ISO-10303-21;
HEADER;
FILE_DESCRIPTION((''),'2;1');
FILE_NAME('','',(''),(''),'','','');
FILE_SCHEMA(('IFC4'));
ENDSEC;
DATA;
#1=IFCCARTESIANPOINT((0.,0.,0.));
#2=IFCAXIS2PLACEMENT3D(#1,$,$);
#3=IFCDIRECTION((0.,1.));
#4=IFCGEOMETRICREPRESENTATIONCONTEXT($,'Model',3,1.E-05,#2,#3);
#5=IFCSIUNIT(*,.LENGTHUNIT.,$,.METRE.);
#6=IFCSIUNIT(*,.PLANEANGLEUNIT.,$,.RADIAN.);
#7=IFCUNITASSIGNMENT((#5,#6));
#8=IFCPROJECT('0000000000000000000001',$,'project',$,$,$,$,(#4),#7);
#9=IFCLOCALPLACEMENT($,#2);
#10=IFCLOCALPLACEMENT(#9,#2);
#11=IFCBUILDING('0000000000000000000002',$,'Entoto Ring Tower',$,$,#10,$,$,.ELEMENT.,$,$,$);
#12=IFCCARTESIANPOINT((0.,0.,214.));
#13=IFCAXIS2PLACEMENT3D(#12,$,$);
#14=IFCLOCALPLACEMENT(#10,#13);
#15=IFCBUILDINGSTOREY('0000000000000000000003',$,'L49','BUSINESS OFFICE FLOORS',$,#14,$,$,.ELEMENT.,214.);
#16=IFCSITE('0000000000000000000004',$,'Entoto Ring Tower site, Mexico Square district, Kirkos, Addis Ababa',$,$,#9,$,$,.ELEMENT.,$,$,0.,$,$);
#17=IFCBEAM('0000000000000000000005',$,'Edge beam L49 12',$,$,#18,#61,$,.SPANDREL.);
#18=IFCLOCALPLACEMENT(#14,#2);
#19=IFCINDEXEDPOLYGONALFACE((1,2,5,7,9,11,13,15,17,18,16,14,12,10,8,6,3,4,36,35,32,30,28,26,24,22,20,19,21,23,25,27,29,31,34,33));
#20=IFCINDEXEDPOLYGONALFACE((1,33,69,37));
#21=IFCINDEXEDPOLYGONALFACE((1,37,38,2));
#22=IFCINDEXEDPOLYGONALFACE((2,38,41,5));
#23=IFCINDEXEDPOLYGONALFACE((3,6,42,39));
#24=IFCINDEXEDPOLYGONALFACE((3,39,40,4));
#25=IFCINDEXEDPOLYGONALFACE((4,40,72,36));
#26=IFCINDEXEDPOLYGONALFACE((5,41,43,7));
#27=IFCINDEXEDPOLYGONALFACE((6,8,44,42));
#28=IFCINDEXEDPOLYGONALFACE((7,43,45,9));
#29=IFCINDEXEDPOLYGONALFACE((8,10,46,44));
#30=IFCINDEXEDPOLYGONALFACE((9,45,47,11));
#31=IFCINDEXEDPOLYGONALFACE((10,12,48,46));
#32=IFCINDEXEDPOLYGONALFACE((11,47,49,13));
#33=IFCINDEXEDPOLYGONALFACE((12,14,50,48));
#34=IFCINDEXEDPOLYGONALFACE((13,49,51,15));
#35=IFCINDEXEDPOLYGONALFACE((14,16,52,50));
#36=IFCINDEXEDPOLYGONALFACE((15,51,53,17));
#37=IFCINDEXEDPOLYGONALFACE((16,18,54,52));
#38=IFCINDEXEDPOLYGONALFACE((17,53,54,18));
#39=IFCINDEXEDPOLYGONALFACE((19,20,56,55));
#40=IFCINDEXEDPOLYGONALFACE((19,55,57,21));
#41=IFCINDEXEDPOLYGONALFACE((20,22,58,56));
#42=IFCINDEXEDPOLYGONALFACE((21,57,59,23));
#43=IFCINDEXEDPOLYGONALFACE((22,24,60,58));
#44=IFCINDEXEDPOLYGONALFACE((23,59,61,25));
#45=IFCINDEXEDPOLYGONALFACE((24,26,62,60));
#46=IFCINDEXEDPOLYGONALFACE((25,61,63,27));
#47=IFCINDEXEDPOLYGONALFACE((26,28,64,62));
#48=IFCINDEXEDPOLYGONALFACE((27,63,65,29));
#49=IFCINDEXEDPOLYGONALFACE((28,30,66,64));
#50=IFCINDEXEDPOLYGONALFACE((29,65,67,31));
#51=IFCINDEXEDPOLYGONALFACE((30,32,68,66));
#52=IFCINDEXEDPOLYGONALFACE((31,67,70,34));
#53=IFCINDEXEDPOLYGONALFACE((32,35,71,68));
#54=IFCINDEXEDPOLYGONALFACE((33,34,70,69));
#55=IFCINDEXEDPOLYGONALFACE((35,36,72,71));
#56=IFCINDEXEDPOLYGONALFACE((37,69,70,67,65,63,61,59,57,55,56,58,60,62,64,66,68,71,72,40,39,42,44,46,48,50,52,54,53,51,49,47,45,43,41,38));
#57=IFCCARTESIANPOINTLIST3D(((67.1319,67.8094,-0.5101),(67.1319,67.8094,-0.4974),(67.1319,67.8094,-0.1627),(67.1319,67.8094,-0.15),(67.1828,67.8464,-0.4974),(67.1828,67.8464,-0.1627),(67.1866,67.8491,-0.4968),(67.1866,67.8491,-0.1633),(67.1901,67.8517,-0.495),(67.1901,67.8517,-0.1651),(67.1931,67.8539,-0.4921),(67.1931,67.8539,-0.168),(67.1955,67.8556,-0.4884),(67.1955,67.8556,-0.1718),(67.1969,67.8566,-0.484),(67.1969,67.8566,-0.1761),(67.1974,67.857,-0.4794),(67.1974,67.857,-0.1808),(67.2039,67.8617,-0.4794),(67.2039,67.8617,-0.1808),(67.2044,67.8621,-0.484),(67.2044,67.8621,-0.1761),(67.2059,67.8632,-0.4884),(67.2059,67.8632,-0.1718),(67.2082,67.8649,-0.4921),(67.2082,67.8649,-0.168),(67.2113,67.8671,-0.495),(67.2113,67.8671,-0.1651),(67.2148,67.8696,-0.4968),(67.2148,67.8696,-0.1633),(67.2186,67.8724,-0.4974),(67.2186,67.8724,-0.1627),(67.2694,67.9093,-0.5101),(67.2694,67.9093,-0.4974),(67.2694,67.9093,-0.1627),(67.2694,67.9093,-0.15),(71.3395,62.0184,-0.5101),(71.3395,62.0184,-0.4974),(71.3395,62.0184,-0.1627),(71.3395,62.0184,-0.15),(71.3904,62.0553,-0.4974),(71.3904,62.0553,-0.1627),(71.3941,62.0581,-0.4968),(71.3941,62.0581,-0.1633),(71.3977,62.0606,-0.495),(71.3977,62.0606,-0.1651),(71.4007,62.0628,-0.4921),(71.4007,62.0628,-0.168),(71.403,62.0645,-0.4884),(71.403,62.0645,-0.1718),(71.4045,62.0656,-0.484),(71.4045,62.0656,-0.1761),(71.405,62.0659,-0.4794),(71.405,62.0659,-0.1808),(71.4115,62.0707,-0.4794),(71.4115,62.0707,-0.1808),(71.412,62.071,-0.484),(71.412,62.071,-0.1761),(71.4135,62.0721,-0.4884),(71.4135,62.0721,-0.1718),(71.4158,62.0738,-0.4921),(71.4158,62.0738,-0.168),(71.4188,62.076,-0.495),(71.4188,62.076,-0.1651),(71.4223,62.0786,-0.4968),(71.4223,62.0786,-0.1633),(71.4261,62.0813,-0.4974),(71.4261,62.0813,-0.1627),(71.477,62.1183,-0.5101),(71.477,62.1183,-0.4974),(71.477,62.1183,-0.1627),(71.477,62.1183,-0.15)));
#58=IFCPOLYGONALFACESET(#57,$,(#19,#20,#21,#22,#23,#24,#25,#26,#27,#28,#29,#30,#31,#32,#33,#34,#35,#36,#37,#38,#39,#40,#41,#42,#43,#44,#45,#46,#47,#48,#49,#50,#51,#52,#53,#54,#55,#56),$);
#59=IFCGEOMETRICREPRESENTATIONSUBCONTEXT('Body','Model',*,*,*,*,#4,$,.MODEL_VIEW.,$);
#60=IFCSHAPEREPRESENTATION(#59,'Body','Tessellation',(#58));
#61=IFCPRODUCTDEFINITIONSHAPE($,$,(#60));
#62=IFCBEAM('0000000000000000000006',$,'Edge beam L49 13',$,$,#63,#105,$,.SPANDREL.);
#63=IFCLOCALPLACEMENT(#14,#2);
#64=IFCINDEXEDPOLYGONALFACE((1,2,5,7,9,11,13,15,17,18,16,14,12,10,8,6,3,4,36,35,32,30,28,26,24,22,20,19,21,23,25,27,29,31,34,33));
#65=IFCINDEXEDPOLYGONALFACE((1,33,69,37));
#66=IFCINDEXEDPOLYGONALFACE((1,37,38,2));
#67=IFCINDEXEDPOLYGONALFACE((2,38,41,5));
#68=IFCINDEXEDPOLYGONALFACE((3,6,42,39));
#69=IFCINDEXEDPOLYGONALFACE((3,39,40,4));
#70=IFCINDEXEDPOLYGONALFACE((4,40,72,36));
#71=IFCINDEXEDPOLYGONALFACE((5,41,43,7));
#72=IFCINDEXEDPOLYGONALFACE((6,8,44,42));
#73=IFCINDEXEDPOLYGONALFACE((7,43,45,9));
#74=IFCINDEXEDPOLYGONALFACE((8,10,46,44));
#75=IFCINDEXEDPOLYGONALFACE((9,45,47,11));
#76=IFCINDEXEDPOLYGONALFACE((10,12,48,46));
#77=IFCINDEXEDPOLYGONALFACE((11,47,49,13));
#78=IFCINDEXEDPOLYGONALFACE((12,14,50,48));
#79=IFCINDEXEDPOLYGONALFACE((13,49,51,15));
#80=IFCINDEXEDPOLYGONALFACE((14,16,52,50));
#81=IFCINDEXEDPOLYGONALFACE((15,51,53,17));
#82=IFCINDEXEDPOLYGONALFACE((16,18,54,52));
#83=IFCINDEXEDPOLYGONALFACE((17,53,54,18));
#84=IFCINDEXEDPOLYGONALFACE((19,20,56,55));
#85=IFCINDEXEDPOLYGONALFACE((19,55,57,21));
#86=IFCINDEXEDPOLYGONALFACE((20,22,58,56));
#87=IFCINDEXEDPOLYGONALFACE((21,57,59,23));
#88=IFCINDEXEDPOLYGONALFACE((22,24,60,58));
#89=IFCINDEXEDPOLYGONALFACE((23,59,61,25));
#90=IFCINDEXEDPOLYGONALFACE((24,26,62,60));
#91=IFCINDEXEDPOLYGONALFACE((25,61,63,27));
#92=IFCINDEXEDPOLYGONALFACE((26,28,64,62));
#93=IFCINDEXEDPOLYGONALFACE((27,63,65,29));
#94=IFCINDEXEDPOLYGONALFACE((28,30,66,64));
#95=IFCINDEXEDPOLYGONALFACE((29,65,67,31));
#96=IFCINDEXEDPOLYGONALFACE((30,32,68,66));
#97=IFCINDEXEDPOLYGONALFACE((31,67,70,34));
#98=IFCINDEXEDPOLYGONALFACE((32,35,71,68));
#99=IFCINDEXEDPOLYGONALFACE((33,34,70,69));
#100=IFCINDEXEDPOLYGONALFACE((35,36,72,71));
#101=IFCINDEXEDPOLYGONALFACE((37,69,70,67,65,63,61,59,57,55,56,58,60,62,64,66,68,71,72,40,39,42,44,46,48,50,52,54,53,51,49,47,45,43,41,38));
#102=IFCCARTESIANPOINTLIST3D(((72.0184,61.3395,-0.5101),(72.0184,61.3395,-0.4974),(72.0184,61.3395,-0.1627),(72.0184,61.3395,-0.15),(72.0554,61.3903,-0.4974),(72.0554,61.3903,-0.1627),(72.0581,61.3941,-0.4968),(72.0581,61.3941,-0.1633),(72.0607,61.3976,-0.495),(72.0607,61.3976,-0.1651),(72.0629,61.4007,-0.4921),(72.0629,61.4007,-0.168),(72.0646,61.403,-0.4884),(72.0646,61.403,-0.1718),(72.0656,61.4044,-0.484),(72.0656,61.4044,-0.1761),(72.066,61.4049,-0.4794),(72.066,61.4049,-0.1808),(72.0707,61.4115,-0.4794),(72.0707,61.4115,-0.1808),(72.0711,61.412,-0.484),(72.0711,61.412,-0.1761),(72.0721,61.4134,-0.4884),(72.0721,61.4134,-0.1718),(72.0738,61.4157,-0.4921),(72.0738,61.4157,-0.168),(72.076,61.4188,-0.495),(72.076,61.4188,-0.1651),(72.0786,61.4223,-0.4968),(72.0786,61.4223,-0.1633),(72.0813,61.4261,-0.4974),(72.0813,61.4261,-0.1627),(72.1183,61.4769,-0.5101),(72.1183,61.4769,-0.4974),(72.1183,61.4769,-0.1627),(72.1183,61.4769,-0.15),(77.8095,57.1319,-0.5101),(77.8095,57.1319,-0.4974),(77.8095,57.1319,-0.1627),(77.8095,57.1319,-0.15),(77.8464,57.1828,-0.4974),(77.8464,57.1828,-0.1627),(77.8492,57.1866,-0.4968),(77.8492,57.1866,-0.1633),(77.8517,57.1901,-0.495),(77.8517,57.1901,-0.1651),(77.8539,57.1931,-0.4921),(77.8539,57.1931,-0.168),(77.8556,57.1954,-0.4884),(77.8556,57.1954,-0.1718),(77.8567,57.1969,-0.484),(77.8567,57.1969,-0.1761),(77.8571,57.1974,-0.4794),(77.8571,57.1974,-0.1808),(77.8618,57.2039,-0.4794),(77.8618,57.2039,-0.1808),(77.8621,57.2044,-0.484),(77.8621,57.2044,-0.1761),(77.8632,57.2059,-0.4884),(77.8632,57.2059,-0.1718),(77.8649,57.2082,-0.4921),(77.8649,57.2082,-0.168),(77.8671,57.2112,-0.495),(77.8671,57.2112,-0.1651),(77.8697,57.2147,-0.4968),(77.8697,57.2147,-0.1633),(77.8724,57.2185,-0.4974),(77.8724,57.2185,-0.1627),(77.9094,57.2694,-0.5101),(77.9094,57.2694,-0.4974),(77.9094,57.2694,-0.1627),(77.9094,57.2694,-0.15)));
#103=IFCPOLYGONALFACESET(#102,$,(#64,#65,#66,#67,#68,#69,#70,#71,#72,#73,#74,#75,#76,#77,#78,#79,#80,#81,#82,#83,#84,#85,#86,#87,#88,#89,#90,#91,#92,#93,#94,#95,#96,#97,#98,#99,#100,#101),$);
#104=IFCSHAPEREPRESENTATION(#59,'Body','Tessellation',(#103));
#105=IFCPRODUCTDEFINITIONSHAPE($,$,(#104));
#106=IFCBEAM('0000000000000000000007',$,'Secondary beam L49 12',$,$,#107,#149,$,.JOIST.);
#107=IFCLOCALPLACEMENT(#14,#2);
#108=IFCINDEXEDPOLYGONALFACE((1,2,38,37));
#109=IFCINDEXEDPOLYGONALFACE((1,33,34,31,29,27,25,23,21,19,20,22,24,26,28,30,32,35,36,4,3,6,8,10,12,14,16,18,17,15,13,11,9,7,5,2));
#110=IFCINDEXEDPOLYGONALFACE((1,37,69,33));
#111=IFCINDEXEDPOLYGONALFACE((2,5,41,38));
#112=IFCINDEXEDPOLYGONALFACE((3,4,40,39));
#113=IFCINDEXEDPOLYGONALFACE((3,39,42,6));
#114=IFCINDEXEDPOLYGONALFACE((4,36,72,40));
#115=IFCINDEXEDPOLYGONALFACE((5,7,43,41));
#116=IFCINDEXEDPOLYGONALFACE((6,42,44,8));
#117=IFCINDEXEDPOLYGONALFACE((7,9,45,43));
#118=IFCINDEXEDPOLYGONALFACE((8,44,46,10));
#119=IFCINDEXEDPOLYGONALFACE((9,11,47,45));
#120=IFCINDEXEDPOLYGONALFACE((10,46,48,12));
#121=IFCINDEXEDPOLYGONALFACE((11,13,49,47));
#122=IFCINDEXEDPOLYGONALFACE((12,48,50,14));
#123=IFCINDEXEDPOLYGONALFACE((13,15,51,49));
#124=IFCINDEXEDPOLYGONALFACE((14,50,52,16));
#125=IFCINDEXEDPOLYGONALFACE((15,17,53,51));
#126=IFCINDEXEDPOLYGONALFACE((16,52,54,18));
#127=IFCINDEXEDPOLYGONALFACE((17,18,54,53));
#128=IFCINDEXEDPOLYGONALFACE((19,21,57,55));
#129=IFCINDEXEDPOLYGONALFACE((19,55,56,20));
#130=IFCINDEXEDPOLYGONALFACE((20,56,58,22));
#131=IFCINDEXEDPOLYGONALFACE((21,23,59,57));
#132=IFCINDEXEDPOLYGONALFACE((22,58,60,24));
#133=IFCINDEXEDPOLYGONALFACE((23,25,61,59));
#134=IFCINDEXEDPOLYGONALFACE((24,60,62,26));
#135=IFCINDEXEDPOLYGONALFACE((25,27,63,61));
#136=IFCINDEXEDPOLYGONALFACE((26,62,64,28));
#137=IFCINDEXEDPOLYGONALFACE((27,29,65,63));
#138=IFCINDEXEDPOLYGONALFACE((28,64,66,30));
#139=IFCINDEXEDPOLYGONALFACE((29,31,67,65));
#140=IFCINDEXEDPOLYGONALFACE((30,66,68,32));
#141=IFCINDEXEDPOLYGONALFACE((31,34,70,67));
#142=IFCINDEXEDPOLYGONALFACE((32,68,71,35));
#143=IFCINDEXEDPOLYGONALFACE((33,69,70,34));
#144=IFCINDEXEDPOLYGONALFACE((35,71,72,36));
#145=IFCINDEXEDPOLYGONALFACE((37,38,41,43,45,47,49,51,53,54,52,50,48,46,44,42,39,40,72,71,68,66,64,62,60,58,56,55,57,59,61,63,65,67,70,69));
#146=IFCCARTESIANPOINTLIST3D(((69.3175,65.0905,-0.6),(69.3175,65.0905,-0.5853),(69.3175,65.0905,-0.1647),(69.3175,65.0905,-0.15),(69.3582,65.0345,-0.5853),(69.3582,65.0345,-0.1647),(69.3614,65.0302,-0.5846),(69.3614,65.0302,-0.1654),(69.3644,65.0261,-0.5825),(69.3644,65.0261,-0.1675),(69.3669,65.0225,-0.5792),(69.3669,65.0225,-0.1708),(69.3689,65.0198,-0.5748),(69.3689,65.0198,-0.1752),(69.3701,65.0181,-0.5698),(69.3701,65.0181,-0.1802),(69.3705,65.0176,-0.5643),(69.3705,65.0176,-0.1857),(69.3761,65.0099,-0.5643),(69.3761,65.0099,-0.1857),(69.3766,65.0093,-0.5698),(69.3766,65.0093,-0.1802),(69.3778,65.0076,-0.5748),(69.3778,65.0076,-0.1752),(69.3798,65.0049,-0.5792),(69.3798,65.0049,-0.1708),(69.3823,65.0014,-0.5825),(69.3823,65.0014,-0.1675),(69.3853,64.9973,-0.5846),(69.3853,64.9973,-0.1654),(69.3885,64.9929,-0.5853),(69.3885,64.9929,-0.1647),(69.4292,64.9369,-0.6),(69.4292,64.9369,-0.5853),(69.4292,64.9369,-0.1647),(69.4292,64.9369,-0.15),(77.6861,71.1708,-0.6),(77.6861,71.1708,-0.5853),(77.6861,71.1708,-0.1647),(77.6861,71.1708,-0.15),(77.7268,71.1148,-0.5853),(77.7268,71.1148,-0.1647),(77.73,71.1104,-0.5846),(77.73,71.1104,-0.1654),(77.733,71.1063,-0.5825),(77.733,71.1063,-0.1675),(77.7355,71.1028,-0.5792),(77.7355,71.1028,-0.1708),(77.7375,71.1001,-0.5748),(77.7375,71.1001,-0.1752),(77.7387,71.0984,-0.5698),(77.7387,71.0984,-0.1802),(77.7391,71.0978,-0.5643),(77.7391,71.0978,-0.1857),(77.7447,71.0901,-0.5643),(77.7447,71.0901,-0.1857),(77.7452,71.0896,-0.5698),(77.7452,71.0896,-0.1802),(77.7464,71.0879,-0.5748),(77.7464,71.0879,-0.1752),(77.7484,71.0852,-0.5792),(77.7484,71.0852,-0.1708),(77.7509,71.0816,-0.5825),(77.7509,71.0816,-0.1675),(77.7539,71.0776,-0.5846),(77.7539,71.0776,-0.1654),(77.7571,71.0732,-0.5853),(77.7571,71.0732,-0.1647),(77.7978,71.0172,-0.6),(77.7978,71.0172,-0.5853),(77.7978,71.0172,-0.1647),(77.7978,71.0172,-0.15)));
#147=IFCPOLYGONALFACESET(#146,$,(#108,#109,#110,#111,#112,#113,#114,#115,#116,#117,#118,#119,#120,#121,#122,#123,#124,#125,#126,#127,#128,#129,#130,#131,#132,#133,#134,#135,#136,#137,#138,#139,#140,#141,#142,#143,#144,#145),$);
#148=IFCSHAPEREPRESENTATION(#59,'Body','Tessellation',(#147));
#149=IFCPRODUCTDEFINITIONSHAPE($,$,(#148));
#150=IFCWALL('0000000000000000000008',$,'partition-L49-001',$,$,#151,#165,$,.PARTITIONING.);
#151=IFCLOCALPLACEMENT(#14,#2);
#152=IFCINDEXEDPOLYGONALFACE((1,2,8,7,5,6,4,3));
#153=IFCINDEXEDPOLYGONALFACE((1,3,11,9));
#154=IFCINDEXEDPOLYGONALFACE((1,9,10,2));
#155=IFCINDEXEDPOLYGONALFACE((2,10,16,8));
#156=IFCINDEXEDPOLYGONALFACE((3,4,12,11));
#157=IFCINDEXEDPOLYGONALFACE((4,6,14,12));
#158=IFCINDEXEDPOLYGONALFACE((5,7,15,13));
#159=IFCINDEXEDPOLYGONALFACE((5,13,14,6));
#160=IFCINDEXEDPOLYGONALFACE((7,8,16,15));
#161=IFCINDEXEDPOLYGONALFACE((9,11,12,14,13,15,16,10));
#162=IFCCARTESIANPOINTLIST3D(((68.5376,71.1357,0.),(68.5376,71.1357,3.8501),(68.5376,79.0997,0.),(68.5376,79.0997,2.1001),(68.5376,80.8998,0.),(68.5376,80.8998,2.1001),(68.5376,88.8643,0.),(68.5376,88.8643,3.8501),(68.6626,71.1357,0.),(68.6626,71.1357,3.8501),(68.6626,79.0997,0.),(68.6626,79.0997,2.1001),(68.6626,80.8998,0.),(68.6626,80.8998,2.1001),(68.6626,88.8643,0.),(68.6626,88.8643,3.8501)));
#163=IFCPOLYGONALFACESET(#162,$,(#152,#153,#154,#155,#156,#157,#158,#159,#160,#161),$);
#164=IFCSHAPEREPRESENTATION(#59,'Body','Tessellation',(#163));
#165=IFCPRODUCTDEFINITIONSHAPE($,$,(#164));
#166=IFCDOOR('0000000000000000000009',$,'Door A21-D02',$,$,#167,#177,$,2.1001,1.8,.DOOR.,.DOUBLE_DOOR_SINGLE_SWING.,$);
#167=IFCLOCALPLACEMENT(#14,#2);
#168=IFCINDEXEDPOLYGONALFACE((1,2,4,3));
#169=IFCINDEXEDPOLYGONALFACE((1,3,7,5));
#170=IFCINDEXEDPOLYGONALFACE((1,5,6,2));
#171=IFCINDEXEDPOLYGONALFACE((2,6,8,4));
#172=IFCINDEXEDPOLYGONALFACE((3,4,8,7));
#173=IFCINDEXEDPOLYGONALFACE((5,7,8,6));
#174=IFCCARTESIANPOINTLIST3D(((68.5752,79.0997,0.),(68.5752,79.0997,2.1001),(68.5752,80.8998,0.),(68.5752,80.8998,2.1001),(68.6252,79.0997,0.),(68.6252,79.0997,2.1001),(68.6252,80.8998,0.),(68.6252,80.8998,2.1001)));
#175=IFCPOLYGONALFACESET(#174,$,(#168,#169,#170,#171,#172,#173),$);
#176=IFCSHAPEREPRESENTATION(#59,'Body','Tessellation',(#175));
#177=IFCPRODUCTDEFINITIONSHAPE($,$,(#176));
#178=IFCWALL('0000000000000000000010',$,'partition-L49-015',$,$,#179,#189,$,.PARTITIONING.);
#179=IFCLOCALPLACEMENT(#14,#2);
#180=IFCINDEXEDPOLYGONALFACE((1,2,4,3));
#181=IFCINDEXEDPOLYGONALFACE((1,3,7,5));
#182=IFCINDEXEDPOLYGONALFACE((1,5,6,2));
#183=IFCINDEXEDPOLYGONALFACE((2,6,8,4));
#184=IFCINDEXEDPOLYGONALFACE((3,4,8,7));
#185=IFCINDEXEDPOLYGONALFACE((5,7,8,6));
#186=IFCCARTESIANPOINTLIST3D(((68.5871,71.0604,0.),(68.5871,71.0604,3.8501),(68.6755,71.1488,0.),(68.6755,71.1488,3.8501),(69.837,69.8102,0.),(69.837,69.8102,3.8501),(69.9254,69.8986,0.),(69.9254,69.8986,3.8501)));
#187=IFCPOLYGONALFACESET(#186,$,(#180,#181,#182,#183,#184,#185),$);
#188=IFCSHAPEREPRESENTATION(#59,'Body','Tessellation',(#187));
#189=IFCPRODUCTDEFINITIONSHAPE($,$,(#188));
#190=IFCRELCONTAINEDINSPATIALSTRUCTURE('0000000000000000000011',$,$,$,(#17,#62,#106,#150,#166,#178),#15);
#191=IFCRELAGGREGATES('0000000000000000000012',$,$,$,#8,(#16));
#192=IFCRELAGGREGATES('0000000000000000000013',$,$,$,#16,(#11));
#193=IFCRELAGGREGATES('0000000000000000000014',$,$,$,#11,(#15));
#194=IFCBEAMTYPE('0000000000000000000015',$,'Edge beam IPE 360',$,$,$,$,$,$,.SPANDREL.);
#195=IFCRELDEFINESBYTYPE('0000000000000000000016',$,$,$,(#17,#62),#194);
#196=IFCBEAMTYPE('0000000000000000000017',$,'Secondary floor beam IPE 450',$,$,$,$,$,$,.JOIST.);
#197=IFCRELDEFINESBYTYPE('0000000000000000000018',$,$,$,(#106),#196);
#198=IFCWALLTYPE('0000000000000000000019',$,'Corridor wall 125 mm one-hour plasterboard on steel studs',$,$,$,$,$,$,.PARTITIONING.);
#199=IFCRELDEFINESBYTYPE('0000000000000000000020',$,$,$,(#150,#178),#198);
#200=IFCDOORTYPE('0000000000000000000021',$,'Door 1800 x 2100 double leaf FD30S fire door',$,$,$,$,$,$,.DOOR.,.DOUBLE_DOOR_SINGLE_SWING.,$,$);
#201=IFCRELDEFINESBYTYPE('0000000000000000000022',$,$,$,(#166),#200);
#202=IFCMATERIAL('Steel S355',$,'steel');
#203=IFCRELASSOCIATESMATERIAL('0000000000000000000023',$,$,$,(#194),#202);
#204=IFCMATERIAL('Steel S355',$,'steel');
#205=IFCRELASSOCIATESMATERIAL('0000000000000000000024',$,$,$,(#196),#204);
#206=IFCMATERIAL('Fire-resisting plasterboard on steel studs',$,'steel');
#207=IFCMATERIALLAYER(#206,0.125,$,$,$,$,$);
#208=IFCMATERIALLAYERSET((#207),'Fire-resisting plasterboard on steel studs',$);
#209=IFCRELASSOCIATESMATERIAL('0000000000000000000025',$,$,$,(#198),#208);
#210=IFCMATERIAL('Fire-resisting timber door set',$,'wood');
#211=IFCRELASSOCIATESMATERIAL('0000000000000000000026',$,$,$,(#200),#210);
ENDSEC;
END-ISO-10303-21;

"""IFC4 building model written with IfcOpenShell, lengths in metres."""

from ifc_helpers import new_model, si_unit, direction, frame, frame_2d, origin, origin_2d, place, context, subcontext, project, spatial, rectangle, i_section, extrude, material, layer, layer_set, material_profile, profile_set, type_object, element, fill, save


model = new_model("IFC4")

# Units and contexts
model_context = context("Model", 3, precision=1e-05, world=origin(), true_north=direction((0.0, 1.0)))
body_context = subcontext(model_context, "Body", "Model", "MODEL_VIEW")
ifc_project = project(units=[si_unit("LENGTHUNIT", "METRE"), si_unit("PLANEANGLEUNIT", "RADIAN")], contexts=[model_context])

# Site, building, storey
site_placement = place(None, origin())
site = spatial("IfcSite", under=ifc_project, at=site_placement, Name="Entoto Ring Tower site, Mexico Square district, Kirkos, Addis Ababa", CompositionType="ELEMENT", RefElevation=0.0)
building_placement = place(site_placement, origin())
building = spatial("IfcBuilding", under=site, at=building_placement, Name="Entoto Ring Tower", CompositionType="ELEMENT")
storey_placement = place(building_placement, frame((0.0, 0.0, 214.0)))
storey = spatial("IfcBuildingStorey", under=building, at=storey_placement, Name="L49", Description="BUSINESS OFFICE FLOORS", CompositionType="ELEMENT", Elevation=214.0)

# Beams
ifc_material_1 = material(Name="Steel S355", Category="steel")
ifc_material_profile_1 = material_profile(ifc_material_1, i_section(OverallWidth=0.1699, OverallDepth=0.3601, WebThickness=0.0081, FlangeThickness=0.0127, FilletRadius=0.0181, at=origin_2d()), Name="IPE 360")
ifc_profile_set_1 = profile_set([ifc_material_profile_1], Name="Steel S355")
beam_type_1 = type_object("IfcBeamType", Name="Edge beam IPE 360", PredefinedType="SPANDREL", material=ifc_profile_set_1)
for number, where, z_axis, x_axis, name in (
    (1, (67.2007, 67.8594, -0.3301), (0.587794, -0.80901, 0.0), (0.80901, 0.587794, 0.0), "Edge beam L49 12"),
    (2, (72.0684, 61.4082, -0.3301), (0.80901, -0.587794, 0.0), (0.587794, 0.80901, 0.0), "Edge beam L49 13"),
):
    element("IfcBeam", number, at=place(storey_placement, frame(where, z_axis=z_axis, x_axis=x_axis)), inside=storey, type_object=beam_type_1, Name=name, PredefinedType="SPANDREL", context=body_context, shape_type="SweptSolid", body=[
        extrude(i_section(OverallWidth=0.1699, OverallDepth=0.3601, WebThickness=0.0081, FlangeThickness=0.0127, FilletRadius=0.0181, at=origin_2d()), origin(), (0.0, 0.0, 1.0), 7.1582),
    ])
ifc_material_2 = material(Name="Steel S355", Category="steel")
ifc_material_profile_2 = material_profile(ifc_material_2, i_section(OverallWidth=0.1899, OverallDepth=0.45, WebThickness=0.0095, FlangeThickness=0.0146, FilletRadius=0.021, at=origin_2d()), Name="IPE 450")
ifc_profile_set_2 = profile_set([ifc_material_profile_2], Name="Steel S355")
beam_type_2 = type_object("IfcBeamType", Name="Secondary floor beam IPE 450", PredefinedType="JOIST", material=ifc_profile_set_2)
beam_placement = place(storey_placement, frame((77.7419, 71.094, -0.375), z_axis=(-0.809011, -0.587794, 0.0), x_axis=(0.587794, -0.809011, 0.0)))
element("IfcBeam", 3, at=beam_placement, inside=storey, type_object=beam_type_2, Name="Secondary beam L49 12", PredefinedType="JOIST", context=body_context, shape_type="SweptSolid", body=[
    extrude(i_section(OverallWidth=0.1899, OverallDepth=0.45, WebThickness=0.0095, FlangeThickness=0.0146, FilletRadius=0.021, at=origin_2d()), origin(), (0.0, 0.0, 1.0), 10.3442),
])

# Wall, opening, door
ifc_material_3 = material(Name="Fire-resisting plasterboard on steel studs", Category="steel")
ifc_layer_1 = layer(ifc_material_3, 0.125)
ifc_layer_set_1 = layer_set([ifc_layer_1], Name="Fire-resisting plasterboard on steel studs")
wall_type_1 = type_object("IfcWallType", Name="Corridor wall 125 mm one-hour plasterboard on steel studs", PredefinedType="PARTITIONING", material=ifc_layer_set_1)
wall_1_placement = place(storey_placement, frame((68.6001, 71.1357, 0.0), z_axis=(0.0, 0.0, 1.0), x_axis=(0.0, 1.0, 0.0)))
wall_1 = element("IfcWall", 4, at=wall_1_placement, inside=storey, type_object=wall_type_1, Name="partition-L49-001", PredefinedType="PARTITIONING", context=body_context, shape_type="SweptSolid", body=[
    extrude(rectangle(XDim=17.7285, YDim=0.125, at=frame_2d((8.8643, 0.0))), origin(), (0.0, 0.0, 1.0), 3.8501),
])
opening_1_placement = place(wall_1_placement, frame((7.9641, 0.0, 0.0)))
opening_1 = element("IfcOpeningElement", 5, at=opening_1_placement, cuts=wall_1, PredefinedType="OPENING", context=body_context, shape_type="SweptSolid", body=[
    extrude(rectangle(XDim=1.8, YDim=2.1001, at=frame_2d((0.8999, 1.05))), frame((0.0, 0.0725, 0.0), z_axis=(0.0, -1.0, 0.0), x_axis=(1.0, 0.0, 0.0)), (0.0, 0.0, 1.0), 0.145),
])
ifc_material_4 = material(Name="Fire-resisting timber door set", Category="wood")
door_type = type_object("IfcDoorType", Name="Door 1800 x 2100 double leaf FD30S fire door", OperationType="DOUBLE_DOOR_SINGLE_SWING", PredefinedType="DOOR", material=ifc_material_4)
door_1_placement = place(opening_1_placement, origin())
door_1 = element("IfcDoor", 6, at=door_1_placement, inside=storey, type_object=door_type, Name="Door A21-D02", OperationType="DOUBLE_DOOR_SINGLE_SWING", OverallHeight=2.1001, OverallWidth=1.8, PredefinedType="DOOR", context=body_context, shape_type="SweptSolid", body=[
    extrude(rectangle(XDim=1.8, YDim=2.1001, at=frame_2d((0.8999, 1.05))), frame((0.0, 0.0249, 0.0), z_axis=(0.0, -1.0, 0.0), x_axis=(1.0, 0.0, 0.0)), (0.0, 0.0, 1.0), 0.05),
])
fill(opening_1, door_1)

# Wall
wall_2_placement = place(storey_placement, frame((69.8811, 69.8545, 0.0), z_axis=(0.0, 0.0, 1.0), x_axis=(-0.707038, 0.707176, 0.0)))
element("IfcWall", 7, at=wall_2_placement, inside=storey, type_object=wall_type_1, Name="partition-L49-015", PredefinedType="PARTITIONING", context=body_context, shape_type="SweptSolid", body=[
    extrude(rectangle(XDim=1.7678, YDim=0.125, at=frame_2d((0.8838, 0.0))), origin(), (0.0, 0.0, 1.0), 3.8501),
])

save(model, "model.ifc")
